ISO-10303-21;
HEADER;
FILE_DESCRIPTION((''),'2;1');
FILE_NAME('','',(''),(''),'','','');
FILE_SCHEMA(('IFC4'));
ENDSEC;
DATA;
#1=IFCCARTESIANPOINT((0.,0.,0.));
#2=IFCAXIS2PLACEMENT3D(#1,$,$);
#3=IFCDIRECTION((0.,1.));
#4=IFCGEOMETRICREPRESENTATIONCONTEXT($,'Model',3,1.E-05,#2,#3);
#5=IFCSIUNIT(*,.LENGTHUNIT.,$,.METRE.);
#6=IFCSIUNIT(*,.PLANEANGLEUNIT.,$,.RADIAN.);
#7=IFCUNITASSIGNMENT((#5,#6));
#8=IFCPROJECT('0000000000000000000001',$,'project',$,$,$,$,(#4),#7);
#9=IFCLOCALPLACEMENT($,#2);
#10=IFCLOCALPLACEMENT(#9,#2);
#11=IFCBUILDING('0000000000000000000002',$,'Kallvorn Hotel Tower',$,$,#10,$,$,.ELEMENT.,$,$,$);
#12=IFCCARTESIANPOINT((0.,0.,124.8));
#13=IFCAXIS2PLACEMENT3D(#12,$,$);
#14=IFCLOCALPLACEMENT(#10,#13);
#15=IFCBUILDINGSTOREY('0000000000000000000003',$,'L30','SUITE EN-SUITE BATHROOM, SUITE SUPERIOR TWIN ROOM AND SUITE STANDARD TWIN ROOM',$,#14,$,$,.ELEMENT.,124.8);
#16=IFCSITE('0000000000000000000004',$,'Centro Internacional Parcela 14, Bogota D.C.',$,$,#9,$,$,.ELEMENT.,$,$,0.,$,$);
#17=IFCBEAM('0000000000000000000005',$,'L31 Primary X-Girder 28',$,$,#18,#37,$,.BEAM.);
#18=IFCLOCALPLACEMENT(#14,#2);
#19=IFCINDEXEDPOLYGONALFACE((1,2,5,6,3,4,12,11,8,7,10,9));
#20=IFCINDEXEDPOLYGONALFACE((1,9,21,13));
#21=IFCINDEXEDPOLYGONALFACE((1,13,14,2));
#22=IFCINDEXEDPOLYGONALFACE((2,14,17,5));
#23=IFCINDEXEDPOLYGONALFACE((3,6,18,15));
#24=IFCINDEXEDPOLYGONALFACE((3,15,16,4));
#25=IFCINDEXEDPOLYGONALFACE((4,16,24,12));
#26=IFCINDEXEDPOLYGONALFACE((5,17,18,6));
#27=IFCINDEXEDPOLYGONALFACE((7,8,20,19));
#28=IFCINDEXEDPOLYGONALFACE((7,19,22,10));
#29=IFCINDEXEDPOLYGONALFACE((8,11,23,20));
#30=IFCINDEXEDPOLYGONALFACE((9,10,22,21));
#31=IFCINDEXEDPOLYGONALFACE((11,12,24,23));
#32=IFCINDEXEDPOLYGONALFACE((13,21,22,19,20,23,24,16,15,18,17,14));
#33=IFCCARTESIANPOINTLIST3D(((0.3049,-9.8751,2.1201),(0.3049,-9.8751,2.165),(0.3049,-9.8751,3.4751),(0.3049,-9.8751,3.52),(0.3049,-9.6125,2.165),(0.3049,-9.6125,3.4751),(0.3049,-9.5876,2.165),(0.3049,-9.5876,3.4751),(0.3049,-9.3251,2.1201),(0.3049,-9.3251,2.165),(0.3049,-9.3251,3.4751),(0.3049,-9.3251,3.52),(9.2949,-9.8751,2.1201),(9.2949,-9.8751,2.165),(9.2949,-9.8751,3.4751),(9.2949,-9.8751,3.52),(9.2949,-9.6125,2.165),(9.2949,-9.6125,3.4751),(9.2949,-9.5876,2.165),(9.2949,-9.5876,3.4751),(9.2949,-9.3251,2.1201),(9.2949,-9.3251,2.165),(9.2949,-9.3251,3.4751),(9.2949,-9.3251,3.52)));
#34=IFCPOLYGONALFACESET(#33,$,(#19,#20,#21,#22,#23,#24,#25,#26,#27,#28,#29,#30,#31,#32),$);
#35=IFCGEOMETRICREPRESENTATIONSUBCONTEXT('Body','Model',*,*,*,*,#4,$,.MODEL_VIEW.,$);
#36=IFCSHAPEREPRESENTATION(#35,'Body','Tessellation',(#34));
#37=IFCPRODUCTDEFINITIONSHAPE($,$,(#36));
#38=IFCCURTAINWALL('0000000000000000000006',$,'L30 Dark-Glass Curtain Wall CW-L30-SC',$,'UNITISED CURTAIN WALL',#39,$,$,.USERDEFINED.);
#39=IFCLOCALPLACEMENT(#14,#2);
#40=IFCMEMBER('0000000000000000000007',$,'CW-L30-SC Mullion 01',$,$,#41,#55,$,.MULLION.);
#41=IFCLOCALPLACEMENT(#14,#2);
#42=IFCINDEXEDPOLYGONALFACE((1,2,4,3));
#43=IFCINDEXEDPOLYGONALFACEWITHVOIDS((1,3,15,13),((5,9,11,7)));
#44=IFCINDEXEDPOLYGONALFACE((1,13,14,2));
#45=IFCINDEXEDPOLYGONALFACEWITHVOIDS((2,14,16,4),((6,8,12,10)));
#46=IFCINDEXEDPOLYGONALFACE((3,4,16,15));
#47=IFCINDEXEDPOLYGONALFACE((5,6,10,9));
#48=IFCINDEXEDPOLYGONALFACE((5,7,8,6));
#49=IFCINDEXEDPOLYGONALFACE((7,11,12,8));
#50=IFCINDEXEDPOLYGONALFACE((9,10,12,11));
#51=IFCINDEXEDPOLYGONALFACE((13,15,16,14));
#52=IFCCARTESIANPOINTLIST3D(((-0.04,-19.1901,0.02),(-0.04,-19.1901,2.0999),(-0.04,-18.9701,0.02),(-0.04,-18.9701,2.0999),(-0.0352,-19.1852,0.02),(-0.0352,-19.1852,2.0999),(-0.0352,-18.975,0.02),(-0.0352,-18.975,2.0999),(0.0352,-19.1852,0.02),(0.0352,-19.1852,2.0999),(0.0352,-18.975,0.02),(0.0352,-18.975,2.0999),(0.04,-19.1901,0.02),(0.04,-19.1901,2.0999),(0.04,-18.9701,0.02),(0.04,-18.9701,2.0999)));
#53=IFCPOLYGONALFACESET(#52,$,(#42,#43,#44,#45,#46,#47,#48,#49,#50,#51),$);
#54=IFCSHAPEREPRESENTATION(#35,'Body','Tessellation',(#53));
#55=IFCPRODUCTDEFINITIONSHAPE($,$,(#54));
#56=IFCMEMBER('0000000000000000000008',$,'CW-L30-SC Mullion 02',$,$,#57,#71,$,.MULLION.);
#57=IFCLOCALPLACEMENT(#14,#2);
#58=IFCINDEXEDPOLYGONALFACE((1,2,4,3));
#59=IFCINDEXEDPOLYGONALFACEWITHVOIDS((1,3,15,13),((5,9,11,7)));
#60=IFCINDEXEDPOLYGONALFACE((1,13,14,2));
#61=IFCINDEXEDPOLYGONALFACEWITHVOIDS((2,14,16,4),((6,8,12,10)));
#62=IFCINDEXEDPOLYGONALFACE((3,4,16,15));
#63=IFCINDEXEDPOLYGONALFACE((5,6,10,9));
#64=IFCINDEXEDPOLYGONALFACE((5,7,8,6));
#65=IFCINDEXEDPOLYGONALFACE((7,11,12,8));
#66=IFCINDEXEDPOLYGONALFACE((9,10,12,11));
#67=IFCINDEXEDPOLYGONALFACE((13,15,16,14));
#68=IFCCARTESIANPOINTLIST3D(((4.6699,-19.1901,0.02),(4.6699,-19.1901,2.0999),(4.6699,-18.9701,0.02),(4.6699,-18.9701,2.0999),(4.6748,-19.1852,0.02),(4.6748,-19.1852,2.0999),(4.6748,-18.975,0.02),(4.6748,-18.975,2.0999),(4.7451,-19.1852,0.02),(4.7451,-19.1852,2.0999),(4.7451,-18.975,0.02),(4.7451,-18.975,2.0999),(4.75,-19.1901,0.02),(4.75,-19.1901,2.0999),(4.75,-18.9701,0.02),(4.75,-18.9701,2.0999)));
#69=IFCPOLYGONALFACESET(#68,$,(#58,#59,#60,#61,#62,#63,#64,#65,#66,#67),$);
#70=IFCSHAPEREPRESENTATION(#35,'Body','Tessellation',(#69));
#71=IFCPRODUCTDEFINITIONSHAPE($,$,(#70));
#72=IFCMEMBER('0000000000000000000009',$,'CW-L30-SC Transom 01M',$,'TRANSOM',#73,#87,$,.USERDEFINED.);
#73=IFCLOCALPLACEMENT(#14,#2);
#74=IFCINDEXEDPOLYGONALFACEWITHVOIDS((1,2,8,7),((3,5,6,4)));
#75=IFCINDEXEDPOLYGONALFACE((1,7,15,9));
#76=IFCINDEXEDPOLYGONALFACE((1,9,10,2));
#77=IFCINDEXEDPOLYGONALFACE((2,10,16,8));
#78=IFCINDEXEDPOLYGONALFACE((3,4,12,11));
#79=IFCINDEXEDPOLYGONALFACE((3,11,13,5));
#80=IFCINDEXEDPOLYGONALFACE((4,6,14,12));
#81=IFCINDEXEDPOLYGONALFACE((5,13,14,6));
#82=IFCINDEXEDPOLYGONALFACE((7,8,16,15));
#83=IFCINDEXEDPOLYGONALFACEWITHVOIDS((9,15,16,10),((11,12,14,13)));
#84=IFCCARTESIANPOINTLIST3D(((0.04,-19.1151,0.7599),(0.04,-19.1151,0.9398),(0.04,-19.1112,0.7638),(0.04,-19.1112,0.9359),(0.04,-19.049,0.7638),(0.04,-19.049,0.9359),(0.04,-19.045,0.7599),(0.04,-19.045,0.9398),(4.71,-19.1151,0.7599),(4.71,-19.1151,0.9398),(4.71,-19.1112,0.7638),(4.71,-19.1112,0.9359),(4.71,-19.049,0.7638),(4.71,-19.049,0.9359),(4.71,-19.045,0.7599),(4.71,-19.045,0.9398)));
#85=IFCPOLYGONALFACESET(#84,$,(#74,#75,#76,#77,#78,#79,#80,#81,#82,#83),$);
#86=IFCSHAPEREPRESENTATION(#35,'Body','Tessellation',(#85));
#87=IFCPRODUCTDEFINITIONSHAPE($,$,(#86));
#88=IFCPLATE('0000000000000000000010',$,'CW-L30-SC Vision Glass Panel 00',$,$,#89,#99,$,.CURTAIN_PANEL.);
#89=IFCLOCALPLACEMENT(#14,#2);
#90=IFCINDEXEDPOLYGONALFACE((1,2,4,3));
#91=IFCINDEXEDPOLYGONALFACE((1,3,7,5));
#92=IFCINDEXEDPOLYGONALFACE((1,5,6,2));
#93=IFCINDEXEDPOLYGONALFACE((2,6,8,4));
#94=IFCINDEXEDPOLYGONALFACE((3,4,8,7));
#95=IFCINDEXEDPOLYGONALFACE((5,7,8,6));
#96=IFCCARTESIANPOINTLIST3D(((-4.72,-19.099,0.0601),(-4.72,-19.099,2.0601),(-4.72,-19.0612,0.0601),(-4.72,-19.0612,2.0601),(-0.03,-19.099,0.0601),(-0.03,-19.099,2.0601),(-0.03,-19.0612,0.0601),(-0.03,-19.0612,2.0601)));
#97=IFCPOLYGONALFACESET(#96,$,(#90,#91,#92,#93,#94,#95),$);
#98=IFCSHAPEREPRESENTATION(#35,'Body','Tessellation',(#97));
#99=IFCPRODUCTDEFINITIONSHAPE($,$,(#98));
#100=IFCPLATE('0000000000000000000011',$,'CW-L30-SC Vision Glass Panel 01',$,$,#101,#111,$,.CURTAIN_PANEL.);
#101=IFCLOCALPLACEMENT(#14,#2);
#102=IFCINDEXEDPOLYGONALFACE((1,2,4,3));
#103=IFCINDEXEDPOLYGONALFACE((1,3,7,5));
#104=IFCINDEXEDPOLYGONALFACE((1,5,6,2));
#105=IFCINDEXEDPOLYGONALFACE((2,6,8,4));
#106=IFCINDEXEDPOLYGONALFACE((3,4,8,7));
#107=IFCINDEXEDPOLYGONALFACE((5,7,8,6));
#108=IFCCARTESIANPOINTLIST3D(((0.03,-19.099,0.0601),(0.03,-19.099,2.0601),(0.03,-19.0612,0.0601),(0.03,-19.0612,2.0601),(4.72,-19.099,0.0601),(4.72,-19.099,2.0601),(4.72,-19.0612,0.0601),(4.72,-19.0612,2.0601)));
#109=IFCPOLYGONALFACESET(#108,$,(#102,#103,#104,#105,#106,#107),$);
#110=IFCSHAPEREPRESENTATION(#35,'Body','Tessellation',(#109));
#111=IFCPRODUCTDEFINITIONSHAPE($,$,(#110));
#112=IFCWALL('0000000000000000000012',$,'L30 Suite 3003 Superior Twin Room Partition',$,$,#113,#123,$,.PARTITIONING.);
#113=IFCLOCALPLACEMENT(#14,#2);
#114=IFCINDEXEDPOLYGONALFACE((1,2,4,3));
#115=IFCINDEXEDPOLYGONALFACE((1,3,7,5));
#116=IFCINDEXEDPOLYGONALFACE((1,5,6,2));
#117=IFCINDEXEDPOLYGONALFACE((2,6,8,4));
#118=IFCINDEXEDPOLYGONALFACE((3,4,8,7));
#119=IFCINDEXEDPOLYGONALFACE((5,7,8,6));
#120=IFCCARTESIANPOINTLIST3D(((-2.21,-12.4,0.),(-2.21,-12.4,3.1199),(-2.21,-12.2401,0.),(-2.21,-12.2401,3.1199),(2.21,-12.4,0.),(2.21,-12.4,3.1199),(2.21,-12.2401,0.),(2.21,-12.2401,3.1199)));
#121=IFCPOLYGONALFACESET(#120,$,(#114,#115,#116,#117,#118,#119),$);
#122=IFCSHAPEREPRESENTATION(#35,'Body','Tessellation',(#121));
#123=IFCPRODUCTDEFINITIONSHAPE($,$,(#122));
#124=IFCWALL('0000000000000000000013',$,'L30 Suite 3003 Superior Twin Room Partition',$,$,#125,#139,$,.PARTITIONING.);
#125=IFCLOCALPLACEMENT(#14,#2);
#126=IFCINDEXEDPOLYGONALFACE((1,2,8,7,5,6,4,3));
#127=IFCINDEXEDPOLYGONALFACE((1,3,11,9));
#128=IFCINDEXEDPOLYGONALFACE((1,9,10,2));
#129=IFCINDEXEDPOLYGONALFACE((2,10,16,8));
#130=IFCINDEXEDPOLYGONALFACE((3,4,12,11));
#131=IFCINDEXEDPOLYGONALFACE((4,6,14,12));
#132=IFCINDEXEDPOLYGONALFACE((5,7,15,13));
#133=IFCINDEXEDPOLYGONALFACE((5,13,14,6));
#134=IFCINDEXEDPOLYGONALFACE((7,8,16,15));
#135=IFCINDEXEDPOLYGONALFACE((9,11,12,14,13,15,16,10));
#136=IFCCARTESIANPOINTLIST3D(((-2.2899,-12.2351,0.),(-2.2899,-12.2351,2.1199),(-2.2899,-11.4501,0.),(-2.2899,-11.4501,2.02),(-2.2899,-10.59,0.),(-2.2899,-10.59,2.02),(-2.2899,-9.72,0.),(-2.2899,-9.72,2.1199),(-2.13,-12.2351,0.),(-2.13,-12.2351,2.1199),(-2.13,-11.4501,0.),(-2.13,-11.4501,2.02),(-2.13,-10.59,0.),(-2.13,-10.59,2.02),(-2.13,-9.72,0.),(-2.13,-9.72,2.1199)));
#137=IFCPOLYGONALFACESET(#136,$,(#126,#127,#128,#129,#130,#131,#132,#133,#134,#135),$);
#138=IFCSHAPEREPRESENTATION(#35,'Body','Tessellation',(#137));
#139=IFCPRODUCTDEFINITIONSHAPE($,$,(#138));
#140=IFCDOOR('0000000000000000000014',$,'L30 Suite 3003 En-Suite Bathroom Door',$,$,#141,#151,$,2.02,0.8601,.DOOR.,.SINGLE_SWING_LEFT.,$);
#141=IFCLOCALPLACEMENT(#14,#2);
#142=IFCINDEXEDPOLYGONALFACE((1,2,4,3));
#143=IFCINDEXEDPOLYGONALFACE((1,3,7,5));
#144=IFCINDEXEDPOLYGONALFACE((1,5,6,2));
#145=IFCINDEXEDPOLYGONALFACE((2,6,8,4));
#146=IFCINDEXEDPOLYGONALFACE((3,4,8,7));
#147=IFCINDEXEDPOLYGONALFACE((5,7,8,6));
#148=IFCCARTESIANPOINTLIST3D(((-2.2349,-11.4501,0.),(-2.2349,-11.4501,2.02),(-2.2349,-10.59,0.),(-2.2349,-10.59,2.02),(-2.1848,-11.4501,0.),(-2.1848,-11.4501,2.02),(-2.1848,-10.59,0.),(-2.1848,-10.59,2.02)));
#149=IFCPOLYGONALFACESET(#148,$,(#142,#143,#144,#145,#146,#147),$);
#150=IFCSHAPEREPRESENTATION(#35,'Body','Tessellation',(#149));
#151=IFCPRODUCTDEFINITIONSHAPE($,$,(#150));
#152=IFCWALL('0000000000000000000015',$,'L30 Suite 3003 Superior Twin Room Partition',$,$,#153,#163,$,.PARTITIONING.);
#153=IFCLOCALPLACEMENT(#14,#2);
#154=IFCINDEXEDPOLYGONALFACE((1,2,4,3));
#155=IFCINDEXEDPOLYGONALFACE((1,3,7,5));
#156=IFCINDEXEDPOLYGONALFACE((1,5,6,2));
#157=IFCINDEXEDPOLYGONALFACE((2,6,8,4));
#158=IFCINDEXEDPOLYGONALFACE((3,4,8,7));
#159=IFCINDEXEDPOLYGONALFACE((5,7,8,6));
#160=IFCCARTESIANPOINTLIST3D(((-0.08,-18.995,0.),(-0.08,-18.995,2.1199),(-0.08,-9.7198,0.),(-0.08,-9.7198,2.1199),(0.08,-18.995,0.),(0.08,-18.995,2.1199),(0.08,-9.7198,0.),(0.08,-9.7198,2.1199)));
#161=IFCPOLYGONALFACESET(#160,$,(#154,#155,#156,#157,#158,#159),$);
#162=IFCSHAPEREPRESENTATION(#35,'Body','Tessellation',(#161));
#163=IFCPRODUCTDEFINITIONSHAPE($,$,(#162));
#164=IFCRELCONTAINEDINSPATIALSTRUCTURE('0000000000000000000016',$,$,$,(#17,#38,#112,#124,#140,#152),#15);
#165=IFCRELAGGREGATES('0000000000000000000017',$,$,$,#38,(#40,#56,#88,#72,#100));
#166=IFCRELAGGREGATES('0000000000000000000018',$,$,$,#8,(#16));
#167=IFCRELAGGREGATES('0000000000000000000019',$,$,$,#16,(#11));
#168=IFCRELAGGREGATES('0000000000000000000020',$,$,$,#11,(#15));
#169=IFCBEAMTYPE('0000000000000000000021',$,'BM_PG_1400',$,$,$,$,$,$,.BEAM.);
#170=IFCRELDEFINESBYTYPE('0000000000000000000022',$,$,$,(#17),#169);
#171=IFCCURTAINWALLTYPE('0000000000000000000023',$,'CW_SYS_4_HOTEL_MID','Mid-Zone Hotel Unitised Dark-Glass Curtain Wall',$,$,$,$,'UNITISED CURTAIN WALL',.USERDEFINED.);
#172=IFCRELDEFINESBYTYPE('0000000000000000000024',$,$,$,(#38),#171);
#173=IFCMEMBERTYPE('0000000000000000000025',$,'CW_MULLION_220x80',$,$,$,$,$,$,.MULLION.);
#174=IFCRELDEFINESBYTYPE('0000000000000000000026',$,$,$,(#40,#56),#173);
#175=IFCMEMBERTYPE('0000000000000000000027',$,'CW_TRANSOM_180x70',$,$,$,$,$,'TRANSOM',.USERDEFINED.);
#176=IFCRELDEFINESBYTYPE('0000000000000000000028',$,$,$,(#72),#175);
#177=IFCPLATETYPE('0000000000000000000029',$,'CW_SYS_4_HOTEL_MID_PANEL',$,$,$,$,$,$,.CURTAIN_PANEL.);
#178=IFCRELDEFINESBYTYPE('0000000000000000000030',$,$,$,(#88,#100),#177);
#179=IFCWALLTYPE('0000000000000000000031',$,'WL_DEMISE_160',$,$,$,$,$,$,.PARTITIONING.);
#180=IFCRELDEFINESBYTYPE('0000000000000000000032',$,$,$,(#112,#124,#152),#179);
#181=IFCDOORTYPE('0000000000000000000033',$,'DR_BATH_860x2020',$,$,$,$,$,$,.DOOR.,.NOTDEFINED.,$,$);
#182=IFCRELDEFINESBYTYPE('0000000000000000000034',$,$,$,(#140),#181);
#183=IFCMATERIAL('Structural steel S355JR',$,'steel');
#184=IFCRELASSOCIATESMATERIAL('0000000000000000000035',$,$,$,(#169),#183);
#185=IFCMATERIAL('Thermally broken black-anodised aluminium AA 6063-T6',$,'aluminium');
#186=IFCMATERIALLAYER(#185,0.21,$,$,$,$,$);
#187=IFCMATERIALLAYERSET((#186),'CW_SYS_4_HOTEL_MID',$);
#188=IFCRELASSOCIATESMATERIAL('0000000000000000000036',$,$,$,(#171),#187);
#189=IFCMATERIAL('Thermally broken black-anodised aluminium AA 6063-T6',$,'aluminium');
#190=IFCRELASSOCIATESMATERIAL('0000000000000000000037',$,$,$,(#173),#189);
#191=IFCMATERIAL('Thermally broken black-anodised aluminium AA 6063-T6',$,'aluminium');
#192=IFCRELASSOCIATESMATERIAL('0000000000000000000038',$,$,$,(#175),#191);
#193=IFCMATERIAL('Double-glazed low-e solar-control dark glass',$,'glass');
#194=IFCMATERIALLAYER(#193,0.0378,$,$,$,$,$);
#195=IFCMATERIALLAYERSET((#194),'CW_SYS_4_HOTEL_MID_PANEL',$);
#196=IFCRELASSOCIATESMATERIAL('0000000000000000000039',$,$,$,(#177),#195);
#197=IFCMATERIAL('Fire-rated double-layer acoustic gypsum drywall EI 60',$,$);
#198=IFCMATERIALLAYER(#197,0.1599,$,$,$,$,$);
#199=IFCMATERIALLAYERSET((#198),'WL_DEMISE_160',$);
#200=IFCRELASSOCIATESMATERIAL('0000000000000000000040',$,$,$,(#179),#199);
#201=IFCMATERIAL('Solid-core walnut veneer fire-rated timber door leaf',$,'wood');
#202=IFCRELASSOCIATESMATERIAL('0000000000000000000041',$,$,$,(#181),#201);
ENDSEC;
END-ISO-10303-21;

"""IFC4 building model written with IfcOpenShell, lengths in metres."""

from ifc_helpers import new_model, si_unit, direction, frame, frame_2d, origin, origin_2d, place, context, subcontext, project, spatial, rectangle, hollow_rectangle, i_section, extrude, material, layer, layer_set, material_profile, profile_set, type_object, element, fill, aggregate, save


model = new_model("IFC4")

# Units and contexts
model_context = context("Model", 3, precision=1e-05, world=origin(), true_north=direction((0.0, 1.0)))
body_context = subcontext(model_context, "Body", "Model", "MODEL_VIEW")
ifc_project = project(units=[si_unit("LENGTHUNIT", "METRE"), si_unit("PLANEANGLEUNIT", "RADIAN")], contexts=[model_context])

# Site, building, storey
site_placement = place(None, origin())
site = spatial("IfcSite", under=ifc_project, at=site_placement, Name="Centro Internacional Parcela 14, Bogota D.C.", CompositionType="ELEMENT", RefElevation=0.0)
building_placement = place(site_placement, origin())
building = spatial("IfcBuilding", under=site, at=building_placement, Name="Kallvorn Hotel Tower", CompositionType="ELEMENT")
storey_placement = place(building_placement, frame((0.0, 0.0, 124.8)))
storey = spatial("IfcBuildingStorey", under=building, at=storey_placement, Name="L30", Description="SUITE EN-SUITE BATHROOM, SUITE SUPERIOR TWIN ROOM AND SUITE STANDARD TWIN ROOM", CompositionType="ELEMENT", Elevation=124.8)

# Beam
ifc_material_1 = material(Name="Structural steel S355JR", Category="steel")
ifc_material_profile_1 = material_profile(ifc_material_1, i_section(OverallWidth=0.55, OverallDepth=1.3999, WebThickness=0.0249, FlangeThickness=0.0449, at=origin_2d()), Name="PG 1400x550x25x45")
ifc_profile_set_1 = profile_set([ifc_material_profile_1], Name="Structural steel S355JR")
beam_type_1 = type_object("IfcBeamType", Name="BM_PG_1400", PredefinedType="BEAM", material=ifc_profile_set_1)
beam_1_placement = place(storey_placement, frame((0.3049, -9.6001, 2.8201), z_axis=(1.0, 0.0, 0.0), x_axis=(0.0, 1.0, 0.0)))
element("IfcBeam", 1, at=beam_1_placement, inside=storey, type_object=beam_type_1, Name="L31 Primary X-Girder 28", PredefinedType="BEAM", context=body_context, shape_type="SweptSolid", body=[
    extrude(i_section(OverallWidth=0.55, OverallDepth=1.3999, WebThickness=0.0249, FlangeThickness=0.0449, at=origin_2d()), origin(), (0.0, 0.0, 1.0), 8.99),
])

# Curtain wall, members, plates
ifc_material_2 = material(Name="Thermally broken black-anodised aluminium AA 6063-T6", Category="aluminium")
ifc_layer_1 = layer(ifc_material_2, 0.21)
ifc_layer_set_1 = layer_set([ifc_layer_1], Name="CW_SYS_4_HOTEL_MID")
curtain_wall_type = type_object("IfcCurtainWallType", Name="CW_SYS_4_HOTEL_MID", Description="Mid-Zone Hotel Unitised Dark-Glass Curtain Wall", ElementType="UNITISED CURTAIN WALL", PredefinedType="USERDEFINED", material=ifc_layer_set_1)
curtain_wall_placement = place(storey_placement, origin())
curtain_wall = element("IfcCurtainWall", 2, at=curtain_wall_placement, inside=storey, type_object=curtain_wall_type, Name="L30 Dark-Glass Curtain Wall CW-L30-SC", ObjectType="UNITISED CURTAIN WALL", PredefinedType="USERDEFINED")
ifc_material_3 = material(Name="Thermally broken black-anodised aluminium AA 6063-T6", Category="aluminium")
ifc_material_profile_2 = material_profile(ifc_material_3, hollow_rectangle(XDim=0.0801, YDim=0.22, WallThickness=0.0049, at=origin_2d()), Name="MUL 220x80")
ifc_profile_set_2 = profile_set([ifc_material_profile_2], Name="Thermally broken black-anodised aluminium AA 6063-T6")
member_type_1 = type_object("IfcMemberType", Name="CW_MULLION_220x80", PredefinedType="MULLION", material=ifc_profile_set_2)
member_1_placement = place(storey_placement, frame((0.0, -19.0801, 0.02), z_axis=(0.0, 0.0, 1.0), x_axis=(1.0, 0.0, 0.0)))
member_1 = element("IfcMember", 3, at=member_1_placement, type_object=member_type_1, Name="CW-L30-SC Mullion 01", PredefinedType="MULLION", context=body_context, shape_type="SweptSolid", body=[
    extrude(hollow_rectangle(XDim=0.0801, YDim=0.22, WallThickness=0.0049, at=origin_2d()), origin(), (0.0, 0.0, 1.0), 2.0798),
])
member_2_placement = place(storey_placement, frame((4.71, -19.0801, 0.02), z_axis=(0.0, 0.0, 1.0), x_axis=(1.0, 0.0, 0.0)))
member_2 = element("IfcMember", 4, at=member_2_placement, type_object=member_type_1, Name="CW-L30-SC Mullion 02", PredefinedType="MULLION", context=body_context, shape_type="SweptSolid", body=[
    extrude(hollow_rectangle(XDim=0.0801, YDim=0.22, WallThickness=0.0049, at=origin_2d()), origin(), (0.0, 0.0, 1.0), 2.0798),
])
ifc_material_4 = material(Name="Thermally broken black-anodised aluminium AA 6063-T6", Category="aluminium")
ifc_material_profile_3 = material_profile(ifc_material_4, hollow_rectangle(XDim=0.0701, YDim=0.1799, WallThickness=0.0039, at=origin_2d()), Name="TRN 180x70")
ifc_profile_set_3 = profile_set([ifc_material_profile_3], Name="Thermally broken black-anodised aluminium AA 6063-T6")
member_type_2 = type_object("IfcMemberType", Name="CW_TRANSOM_180x70", ElementType="TRANSOM", PredefinedType="USERDEFINED", material=ifc_profile_set_3)
member_3_placement = place(storey_placement, frame((0.04, -19.0801, 0.8499), z_axis=(1.0, 0.0, 0.0), x_axis=(0.0, 1.0, 0.0)))
member_3 = element("IfcMember", 5, at=member_3_placement, type_object=member_type_2, Name="CW-L30-SC Transom 01M", ObjectType="TRANSOM", PredefinedType="USERDEFINED", context=body_context, shape_type="SweptSolid", body=[
    extrude(hollow_rectangle(XDim=0.0701, YDim=0.1799, WallThickness=0.0039, at=origin_2d()), origin(), (0.0, 0.0, 1.0), 4.6699),
])
ifc_material_5 = material(Name="Double-glazed low-e solar-control dark glass", Category="glass")
ifc_layer_2 = layer(ifc_material_5, 0.0378)
ifc_layer_set_2 = layer_set([ifc_layer_2], Name="CW_SYS_4_HOTEL_MID_PANEL")
plate_type = type_object("IfcPlateType", Name="CW_SYS_4_HOTEL_MID_PANEL", PredefinedType="CURTAIN_PANEL", material=ifc_layer_set_2)
plate_1_placement = place(storey_placement, frame((-2.375, -19.0801, 0.0601), z_axis=(0.0, 0.0, 1.0), x_axis=(1.0, 0.0, 0.0)))
plate_1 = element("IfcPlate", 6, at=plate_1_placement, type_object=plate_type, Name="CW-L30-SC Vision Glass Panel 00", PredefinedType="CURTAIN_PANEL", context=body_context, shape_type="SweptSolid", body=[
    extrude(rectangle(XDim=4.6899, YDim=0.0378, at=origin_2d()), origin(), (0.0, 0.0, 1.0), 2.0),
])
plate_2_placement = place(storey_placement, frame((2.375, -19.0801, 0.0601), z_axis=(0.0, 0.0, 1.0), x_axis=(1.0, 0.0, 0.0)))
plate_2 = element("IfcPlate", 7, at=plate_2_placement, type_object=plate_type, Name="CW-L30-SC Vision Glass Panel 01", PredefinedType="CURTAIN_PANEL", context=body_context, shape_type="SweptSolid", body=[
    extrude(rectangle(XDim=4.6899, YDim=0.0378, at=origin_2d()), origin(), (0.0, 0.0, 1.0), 2.0),
])
aggregate(curtain_wall, [member_1, member_2, plate_1, member_3, plate_2])

# Wall
ifc_material_6 = material(Name="Fire-rated double-layer acoustic gypsum drywall EI 60")
ifc_layer_3 = layer(ifc_material_6, 0.1599)
ifc_layer_set_3 = layer_set([ifc_layer_3], Name="WL_DEMISE_160")
wall_type_1 = type_object("IfcWallType", Name="WL_DEMISE_160", PredefinedType="PARTITIONING", material=ifc_layer_set_3)
wall_1_placement = place(storey_placement, frame((-2.21, -12.3201, 0.0), z_axis=(0.0, 0.0, 1.0), x_axis=(1.0, 0.0, 0.0)))
element("IfcWall", 8, at=wall_1_placement, inside=storey, type_object=wall_type_1, Name="L30 Suite 3003 Superior Twin Room Partition", PredefinedType="PARTITIONING", context=body_context, shape_type="SweptSolid", body=[
    extrude(rectangle(XDim=4.4199, YDim=0.1599, at=frame_2d((2.21, 0.0))), origin(), (0.0, 0.0, 1.0), 3.1199),
])

# Wall, opening, door
wall_2_placement = place(storey_placement, frame((-2.21, -12.2351, 0.0), z_axis=(0.0, 0.0, 1.0), x_axis=(0.0, 1.0, 0.0)))
wall_2 = element("IfcWall", 9, at=wall_2_placement, inside=storey, type_object=wall_type_1, Name="L30 Suite 3003 Superior Twin Room Partition", PredefinedType="PARTITIONING", context=body_context, shape_type="SweptSolid", body=[
    extrude(rectangle(XDim=2.5151, YDim=0.1599, at=frame_2d((1.2576, 0.0))), origin(), (0.0, 0.0, 1.0), 2.1199),
])
opening_1_placement = place(wall_2_placement, frame((0.7849, 0.0, 0.0)))
opening_1 = element("IfcOpeningElement", 10, at=opening_1_placement, cuts=wall_2, PredefinedType="OPENING", context=body_context, shape_type="SweptSolid", body=[
    extrude(rectangle(XDim=0.8601, YDim=2.02, at=frame_2d((0.4302, 1.01))), frame((0.0, 0.095, 0.0), z_axis=(0.0, -1.0, 0.0), x_axis=(1.0, 0.0, 0.0)), (0.0, 0.0, 1.0), 0.1899),
])
ifc_material_7 = material(Name="Solid-core walnut veneer fire-rated timber door leaf", Category="wood")
door_type = type_object("IfcDoorType", Name="DR_BATH_860x2020", OperationType="NOTDEFINED", PredefinedType="DOOR", material=ifc_material_7)
door_1_placement = place(opening_1_placement, origin())
door_1 = element("IfcDoor", 11, at=door_1_placement, inside=storey, type_object=door_type, Name="L30 Suite 3003 En-Suite Bathroom Door", OperationType="SINGLE_SWING_LEFT", OverallHeight=2.02, OverallWidth=0.8601, PredefinedType="DOOR", context=body_context, shape_type="SweptSolid", body=[
    extrude(rectangle(XDim=0.8601, YDim=2.02, at=frame_2d((0.4302, 1.01))), frame((0.0, 0.0249, 0.0), z_axis=(0.0, -1.0, 0.0), x_axis=(1.0, 0.0, 0.0)), (0.0, 0.0, 1.0), 0.05),
])
fill(opening_1, door_1)

# Wall
wall_3_placement = place(storey_placement, frame((0.0, -18.9951, 0.0), z_axis=(0.0, 0.0, 1.0), x_axis=(0.0, 1.0, 0.0)))
element("IfcWall", 12, at=wall_3_placement, inside=storey, type_object=wall_type_1, Name="L30 Suite 3003 Superior Twin Room Partition", PredefinedType="PARTITIONING", context=body_context, shape_type="SweptSolid", body=[
    extrude(rectangle(XDim=9.2751, YDim=0.1599, at=frame_2d((4.6377, 0.0))), origin(), (0.0, 0.0, 1.0), 2.1199),
])

save(model, "model.ifc")
